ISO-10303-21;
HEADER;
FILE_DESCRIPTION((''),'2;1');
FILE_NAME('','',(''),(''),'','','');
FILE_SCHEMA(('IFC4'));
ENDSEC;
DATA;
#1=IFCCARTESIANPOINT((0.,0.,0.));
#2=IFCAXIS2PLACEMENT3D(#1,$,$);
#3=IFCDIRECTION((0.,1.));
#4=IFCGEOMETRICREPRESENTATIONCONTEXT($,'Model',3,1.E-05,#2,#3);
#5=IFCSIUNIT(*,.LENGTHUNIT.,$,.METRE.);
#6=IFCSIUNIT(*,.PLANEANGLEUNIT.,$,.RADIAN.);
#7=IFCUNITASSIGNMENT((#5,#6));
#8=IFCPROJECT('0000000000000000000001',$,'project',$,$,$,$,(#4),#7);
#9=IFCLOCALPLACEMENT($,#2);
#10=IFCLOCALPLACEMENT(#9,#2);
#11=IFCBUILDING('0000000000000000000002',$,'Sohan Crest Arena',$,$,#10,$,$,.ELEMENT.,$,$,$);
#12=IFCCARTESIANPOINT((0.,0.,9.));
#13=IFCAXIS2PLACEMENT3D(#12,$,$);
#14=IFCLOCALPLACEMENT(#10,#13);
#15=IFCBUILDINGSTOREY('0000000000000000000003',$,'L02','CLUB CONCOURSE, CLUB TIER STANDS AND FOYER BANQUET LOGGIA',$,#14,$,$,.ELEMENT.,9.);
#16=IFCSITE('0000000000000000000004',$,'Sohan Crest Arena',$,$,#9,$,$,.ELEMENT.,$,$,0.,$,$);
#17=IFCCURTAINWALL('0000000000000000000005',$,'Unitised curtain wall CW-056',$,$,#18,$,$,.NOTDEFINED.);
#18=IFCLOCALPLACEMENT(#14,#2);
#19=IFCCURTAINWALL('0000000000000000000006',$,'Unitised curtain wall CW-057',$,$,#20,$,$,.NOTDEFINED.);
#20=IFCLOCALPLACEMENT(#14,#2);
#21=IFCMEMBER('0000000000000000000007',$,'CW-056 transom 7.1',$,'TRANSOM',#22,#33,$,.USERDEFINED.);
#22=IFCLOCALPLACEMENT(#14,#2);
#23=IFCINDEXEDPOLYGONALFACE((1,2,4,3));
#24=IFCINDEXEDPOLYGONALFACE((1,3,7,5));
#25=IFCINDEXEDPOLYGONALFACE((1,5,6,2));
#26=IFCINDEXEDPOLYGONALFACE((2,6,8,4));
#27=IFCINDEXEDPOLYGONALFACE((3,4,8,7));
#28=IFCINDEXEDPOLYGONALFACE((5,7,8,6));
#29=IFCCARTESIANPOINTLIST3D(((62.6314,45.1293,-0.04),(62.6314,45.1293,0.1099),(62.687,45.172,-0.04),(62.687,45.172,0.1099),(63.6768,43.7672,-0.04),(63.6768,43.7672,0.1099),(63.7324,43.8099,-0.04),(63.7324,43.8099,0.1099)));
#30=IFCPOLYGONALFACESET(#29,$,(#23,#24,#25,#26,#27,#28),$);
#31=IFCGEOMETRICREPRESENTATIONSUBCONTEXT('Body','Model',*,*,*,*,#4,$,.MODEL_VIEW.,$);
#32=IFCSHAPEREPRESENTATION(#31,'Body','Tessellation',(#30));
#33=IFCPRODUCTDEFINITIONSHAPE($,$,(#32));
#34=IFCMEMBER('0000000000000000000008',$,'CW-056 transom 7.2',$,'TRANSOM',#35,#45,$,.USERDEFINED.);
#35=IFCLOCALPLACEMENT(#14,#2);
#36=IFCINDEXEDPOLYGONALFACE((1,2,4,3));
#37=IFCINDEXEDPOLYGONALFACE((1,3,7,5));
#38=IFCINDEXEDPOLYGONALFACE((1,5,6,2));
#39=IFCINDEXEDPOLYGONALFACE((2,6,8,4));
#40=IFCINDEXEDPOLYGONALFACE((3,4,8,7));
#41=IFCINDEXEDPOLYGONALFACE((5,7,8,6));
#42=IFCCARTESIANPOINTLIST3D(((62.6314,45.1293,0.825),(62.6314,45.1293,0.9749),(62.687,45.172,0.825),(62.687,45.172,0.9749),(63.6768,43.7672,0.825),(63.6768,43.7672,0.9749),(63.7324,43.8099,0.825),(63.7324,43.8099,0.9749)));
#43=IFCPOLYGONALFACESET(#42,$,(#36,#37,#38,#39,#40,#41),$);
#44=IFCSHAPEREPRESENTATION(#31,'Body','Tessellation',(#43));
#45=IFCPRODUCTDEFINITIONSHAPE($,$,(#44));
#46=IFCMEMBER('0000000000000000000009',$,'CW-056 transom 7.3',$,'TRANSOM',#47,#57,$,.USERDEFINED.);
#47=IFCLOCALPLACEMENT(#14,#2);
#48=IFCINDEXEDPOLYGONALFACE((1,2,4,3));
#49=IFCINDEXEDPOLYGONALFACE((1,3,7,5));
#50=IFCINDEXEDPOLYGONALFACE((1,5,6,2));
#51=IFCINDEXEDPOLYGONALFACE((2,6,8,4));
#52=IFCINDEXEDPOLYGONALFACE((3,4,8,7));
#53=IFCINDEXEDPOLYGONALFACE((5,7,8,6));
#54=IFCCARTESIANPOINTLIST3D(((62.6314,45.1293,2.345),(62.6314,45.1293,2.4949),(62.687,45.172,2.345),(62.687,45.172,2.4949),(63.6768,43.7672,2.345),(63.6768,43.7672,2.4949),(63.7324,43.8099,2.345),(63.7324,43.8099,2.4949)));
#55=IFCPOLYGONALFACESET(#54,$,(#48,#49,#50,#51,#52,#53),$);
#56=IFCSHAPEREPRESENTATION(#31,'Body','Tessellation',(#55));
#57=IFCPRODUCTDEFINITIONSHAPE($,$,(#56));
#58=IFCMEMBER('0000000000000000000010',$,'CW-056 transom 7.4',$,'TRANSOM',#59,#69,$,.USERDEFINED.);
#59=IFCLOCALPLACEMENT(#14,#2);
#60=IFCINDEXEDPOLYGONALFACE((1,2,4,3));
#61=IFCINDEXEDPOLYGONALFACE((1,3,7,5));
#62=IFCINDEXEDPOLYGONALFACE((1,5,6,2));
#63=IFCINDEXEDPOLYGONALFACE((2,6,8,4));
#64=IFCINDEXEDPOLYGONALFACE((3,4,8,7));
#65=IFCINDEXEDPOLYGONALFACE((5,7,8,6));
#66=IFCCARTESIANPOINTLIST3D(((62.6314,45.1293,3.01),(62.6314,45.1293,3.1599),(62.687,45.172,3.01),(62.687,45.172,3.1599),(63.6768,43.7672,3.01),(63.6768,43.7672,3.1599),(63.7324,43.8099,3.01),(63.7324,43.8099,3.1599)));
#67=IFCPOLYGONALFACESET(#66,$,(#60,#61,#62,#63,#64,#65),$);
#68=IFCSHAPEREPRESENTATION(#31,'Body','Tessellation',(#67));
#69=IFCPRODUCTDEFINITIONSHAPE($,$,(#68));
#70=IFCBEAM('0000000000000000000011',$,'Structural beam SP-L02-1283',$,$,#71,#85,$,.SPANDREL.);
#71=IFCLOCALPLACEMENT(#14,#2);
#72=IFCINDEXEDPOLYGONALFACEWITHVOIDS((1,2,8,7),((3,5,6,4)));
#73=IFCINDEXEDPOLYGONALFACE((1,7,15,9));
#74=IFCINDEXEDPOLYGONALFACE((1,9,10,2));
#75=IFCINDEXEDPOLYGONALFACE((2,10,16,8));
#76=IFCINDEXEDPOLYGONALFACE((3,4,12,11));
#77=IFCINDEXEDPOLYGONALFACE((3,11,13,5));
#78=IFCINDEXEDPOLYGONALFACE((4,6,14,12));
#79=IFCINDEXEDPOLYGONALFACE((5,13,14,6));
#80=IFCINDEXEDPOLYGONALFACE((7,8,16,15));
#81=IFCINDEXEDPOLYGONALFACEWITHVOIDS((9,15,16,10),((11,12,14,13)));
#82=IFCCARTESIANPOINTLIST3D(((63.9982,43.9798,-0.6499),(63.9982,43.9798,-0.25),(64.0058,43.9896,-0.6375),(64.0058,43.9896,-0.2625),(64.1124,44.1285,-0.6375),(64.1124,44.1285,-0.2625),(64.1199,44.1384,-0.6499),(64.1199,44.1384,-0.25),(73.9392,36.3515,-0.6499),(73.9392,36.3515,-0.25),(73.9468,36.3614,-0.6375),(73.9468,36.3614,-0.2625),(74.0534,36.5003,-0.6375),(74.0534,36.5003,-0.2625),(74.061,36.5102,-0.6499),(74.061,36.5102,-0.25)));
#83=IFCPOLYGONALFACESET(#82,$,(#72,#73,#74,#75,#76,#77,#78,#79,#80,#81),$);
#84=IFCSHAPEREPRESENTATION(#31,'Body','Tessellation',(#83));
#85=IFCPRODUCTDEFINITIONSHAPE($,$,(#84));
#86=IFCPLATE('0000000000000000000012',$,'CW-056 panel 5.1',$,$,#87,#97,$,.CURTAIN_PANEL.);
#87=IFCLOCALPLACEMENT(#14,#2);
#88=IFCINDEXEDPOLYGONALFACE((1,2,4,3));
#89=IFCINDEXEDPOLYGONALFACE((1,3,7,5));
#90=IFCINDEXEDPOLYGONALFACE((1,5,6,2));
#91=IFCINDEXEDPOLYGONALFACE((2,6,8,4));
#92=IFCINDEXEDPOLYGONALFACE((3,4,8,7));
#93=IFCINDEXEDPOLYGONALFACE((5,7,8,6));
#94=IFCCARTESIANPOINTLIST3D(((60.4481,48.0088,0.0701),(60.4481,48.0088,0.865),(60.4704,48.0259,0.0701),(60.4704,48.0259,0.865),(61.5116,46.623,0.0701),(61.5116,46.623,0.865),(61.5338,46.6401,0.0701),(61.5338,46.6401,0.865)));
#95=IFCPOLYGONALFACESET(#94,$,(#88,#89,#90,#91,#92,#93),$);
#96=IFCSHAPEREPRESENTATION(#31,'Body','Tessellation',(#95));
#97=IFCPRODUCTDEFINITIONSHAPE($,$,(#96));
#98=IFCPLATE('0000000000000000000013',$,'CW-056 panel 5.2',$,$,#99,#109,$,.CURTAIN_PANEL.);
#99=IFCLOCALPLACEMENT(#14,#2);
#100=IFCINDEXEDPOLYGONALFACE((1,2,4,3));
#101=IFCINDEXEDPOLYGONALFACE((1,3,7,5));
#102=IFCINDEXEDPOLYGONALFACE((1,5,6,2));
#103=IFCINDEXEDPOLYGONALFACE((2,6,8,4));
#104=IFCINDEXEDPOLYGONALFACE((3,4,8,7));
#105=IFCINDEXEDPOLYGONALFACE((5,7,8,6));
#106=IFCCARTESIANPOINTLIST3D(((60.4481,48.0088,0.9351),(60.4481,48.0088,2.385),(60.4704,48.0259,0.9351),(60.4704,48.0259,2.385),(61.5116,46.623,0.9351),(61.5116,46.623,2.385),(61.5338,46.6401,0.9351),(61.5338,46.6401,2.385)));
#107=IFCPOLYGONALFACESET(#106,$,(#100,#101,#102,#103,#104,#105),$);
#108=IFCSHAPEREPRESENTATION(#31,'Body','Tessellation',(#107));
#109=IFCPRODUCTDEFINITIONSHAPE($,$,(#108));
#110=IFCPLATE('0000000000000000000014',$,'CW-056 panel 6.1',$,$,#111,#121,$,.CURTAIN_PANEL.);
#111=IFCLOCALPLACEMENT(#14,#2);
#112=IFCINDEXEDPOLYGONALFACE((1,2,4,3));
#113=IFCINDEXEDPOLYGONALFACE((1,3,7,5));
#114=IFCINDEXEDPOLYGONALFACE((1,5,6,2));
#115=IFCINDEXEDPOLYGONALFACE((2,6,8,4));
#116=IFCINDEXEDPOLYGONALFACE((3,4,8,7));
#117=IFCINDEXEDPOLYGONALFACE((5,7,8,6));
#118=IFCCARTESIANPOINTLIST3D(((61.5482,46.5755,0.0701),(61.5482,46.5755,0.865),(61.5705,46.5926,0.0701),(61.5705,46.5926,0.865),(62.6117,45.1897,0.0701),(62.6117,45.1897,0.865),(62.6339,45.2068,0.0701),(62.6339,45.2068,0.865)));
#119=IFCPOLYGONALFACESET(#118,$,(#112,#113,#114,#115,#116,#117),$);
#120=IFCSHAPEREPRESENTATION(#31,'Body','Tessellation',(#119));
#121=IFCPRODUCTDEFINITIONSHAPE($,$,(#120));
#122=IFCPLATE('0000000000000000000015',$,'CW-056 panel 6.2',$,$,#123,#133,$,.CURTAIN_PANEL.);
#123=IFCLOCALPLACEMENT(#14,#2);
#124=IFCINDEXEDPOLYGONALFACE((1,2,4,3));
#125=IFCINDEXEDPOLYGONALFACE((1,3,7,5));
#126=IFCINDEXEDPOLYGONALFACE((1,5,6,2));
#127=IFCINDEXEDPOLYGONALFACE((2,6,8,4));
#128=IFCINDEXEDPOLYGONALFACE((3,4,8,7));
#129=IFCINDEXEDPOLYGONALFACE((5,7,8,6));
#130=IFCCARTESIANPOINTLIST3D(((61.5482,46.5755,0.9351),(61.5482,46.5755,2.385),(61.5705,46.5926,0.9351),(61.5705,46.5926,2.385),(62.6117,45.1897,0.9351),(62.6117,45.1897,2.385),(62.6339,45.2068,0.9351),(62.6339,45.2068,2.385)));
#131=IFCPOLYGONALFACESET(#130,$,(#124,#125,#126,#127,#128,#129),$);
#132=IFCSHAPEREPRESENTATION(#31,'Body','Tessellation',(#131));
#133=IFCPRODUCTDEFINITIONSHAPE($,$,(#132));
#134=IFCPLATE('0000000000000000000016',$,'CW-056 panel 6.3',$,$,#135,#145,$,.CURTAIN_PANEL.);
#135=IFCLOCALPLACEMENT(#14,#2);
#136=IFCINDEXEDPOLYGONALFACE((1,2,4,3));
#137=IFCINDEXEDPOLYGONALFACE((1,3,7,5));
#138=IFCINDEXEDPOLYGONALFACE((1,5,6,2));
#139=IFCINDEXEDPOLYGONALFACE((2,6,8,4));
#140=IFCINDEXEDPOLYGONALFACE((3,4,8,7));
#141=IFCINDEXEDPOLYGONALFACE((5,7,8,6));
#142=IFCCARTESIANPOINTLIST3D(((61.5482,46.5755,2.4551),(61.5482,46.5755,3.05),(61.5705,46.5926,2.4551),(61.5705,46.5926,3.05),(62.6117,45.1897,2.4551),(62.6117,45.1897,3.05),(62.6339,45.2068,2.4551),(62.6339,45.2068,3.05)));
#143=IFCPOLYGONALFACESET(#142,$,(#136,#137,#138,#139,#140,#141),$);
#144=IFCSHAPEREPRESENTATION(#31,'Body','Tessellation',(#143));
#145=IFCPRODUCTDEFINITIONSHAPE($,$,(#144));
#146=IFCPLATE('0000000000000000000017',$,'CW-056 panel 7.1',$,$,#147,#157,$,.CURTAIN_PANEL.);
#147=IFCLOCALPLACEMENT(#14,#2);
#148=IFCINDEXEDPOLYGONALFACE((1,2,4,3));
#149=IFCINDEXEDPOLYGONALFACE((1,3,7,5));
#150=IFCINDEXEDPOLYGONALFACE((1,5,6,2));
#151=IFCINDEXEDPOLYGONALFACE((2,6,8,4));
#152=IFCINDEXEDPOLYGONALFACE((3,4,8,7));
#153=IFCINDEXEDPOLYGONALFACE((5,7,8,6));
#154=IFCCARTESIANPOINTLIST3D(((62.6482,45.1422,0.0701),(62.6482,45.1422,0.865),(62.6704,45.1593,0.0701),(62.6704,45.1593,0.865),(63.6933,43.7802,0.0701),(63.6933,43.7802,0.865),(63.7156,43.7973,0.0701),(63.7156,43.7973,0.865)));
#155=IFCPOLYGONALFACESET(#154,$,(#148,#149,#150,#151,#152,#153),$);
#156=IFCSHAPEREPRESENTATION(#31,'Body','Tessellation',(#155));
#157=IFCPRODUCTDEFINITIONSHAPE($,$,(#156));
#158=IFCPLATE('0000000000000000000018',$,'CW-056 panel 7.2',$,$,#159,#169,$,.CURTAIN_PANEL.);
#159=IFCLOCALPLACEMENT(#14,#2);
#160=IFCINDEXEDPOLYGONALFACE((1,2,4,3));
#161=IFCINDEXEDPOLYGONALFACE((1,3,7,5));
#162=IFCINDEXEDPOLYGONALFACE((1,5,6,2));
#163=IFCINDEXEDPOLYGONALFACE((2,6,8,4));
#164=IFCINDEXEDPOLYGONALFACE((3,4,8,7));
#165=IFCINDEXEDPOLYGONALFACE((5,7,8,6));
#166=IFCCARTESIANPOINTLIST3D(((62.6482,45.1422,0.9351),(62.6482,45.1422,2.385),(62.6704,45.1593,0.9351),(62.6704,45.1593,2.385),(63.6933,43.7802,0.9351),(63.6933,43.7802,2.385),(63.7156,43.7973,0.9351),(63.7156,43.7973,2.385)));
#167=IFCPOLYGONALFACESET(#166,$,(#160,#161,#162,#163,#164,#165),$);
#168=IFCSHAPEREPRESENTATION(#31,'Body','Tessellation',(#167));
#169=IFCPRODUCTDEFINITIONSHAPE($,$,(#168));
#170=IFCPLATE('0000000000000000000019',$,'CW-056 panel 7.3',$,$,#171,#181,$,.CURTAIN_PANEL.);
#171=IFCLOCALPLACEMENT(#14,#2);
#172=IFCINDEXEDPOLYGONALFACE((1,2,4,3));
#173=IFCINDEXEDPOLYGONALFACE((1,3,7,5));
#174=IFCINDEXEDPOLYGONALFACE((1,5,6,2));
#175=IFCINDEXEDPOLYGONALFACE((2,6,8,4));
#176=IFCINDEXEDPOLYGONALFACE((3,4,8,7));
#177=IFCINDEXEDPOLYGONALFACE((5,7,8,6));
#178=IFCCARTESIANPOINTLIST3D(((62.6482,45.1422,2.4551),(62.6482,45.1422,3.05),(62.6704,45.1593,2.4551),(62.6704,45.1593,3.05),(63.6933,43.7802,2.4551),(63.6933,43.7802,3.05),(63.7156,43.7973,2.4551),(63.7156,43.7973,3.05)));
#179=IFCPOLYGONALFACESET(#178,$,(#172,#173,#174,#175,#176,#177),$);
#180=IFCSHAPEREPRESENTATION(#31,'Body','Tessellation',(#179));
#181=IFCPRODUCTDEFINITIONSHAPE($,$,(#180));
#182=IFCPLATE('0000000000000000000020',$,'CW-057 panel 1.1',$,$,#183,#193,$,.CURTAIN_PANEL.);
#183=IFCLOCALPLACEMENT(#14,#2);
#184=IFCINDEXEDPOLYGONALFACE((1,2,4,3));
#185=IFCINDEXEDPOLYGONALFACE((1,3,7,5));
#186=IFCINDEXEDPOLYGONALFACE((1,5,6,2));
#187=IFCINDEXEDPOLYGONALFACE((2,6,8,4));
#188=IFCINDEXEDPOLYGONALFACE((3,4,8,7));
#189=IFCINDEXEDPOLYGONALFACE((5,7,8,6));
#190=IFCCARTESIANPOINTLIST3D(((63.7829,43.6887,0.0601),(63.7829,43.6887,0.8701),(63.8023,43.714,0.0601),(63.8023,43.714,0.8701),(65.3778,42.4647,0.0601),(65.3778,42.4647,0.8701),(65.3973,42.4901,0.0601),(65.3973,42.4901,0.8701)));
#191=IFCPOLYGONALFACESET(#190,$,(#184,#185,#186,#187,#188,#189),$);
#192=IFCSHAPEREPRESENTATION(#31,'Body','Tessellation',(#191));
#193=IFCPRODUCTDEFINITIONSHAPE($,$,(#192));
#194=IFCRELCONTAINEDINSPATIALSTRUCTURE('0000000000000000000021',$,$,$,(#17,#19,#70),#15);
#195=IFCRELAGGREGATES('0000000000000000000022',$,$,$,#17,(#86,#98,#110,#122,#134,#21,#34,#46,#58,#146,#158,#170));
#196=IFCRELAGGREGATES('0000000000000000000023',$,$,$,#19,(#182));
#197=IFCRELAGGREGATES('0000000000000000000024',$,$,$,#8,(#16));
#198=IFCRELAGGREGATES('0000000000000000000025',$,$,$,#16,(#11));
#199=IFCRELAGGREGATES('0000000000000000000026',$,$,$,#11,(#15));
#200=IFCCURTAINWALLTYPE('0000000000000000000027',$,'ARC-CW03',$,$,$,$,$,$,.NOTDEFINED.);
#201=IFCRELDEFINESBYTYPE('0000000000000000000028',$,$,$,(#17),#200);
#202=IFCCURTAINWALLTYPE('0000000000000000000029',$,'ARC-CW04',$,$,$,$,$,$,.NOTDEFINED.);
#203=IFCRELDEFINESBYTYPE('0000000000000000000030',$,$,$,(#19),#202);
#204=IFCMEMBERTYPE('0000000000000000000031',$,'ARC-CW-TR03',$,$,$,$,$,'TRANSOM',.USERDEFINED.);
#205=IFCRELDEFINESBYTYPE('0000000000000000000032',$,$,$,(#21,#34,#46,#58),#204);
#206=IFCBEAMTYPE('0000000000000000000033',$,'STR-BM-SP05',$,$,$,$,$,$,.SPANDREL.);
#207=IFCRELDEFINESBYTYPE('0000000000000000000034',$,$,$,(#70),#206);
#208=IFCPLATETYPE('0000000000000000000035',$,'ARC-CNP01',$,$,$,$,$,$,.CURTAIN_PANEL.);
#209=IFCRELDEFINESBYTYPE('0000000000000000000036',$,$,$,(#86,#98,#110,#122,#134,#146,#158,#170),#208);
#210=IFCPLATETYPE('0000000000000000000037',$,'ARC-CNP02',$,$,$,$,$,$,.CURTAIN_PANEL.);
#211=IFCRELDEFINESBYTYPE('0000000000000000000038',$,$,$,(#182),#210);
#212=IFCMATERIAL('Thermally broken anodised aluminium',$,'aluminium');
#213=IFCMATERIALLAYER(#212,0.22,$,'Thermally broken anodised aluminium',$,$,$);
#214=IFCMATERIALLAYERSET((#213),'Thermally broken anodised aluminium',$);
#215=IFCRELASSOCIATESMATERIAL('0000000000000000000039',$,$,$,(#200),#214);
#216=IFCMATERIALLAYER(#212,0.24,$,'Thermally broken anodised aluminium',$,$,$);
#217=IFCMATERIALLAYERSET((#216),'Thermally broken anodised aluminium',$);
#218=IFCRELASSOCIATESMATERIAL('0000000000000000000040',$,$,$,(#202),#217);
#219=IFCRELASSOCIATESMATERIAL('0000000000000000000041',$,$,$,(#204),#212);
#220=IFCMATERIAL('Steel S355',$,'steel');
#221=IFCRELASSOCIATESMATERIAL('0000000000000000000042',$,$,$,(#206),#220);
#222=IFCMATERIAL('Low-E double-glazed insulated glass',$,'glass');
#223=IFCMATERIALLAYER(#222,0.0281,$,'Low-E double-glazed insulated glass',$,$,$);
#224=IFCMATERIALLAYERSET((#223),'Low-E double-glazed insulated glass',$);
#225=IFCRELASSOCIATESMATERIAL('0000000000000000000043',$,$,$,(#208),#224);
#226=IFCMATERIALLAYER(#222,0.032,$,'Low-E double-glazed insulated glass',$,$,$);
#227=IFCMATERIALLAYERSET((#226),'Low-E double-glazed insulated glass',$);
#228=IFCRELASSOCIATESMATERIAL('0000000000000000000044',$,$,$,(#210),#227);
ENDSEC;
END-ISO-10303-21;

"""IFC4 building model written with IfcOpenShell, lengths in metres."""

from ifc_helpers import new_model, si_unit, direction, frame, origin, origin_2d, place, context, subcontext, project, spatial, rectangle, hollow_rectangle, extrude, material, layer, layer_set, material_profile, profile_set, type_object, element, aggregate, save


model = new_model("IFC4")

# Units and contexts
model_context = context("Model", 3, precision=1e-05, world=origin(), true_north=direction((0.0, 1.0)))
body_context = subcontext(model_context, "Body", "Model", "MODEL_VIEW")
ifc_project = project(units=[si_unit("LENGTHUNIT", "METRE"), si_unit("PLANEANGLEUNIT", "RADIAN")], contexts=[model_context])

# Site, building, storey
site_placement = place(None, origin())
site = spatial("IfcSite", under=ifc_project, at=site_placement, Name="Sohan Crest Arena", CompositionType="ELEMENT", RefElevation=0.0)
building_placement = place(site_placement, origin())
building = spatial("IfcBuilding", under=site, at=building_placement, Name="Sohan Crest Arena", CompositionType="ELEMENT")
storey_placement = place(building_placement, frame((0.0, 0.0, 9.0)))
storey = spatial("IfcBuildingStorey", under=building, at=storey_placement, Name="L02", Description="CLUB CONCOURSE, CLUB TIER STANDS AND FOYER BANQUET LOGGIA", CompositionType="ELEMENT", Elevation=9.0)

# Shared definitions
ifc_material_1 = material(Name="Steel S355", Category="steel")

# Curtain walls
ifc_material_2 = material(Name="Thermally broken anodised aluminium", Category="aluminium")
ifc_layer_1 = layer(ifc_material_2, 0.22, Name="Thermally broken anodised aluminium")
ifc_layer_set_1 = layer_set([ifc_layer_1], Name="Thermally broken anodised aluminium")
curtain_wall_type_1 = type_object("IfcCurtainWallType", Name="ARC-CW03", PredefinedType="NOTDEFINED", material=ifc_layer_set_1)
curtain_wall_1_placement = place(storey_placement, origin())
curtain_wall_1 = element("IfcCurtainWall", 1, at=curtain_wall_1_placement, inside=storey, type_object=curtain_wall_type_1, Name="Unitised curtain wall CW-056", PredefinedType="NOTDEFINED")
ifc_layer_2 = layer(ifc_material_2, 0.24, Name="Thermally broken anodised aluminium")
ifc_layer_set_2 = layer_set([ifc_layer_2], Name="Thermally broken anodised aluminium")
curtain_wall_type_2 = type_object("IfcCurtainWallType", Name="ARC-CW04", PredefinedType="NOTDEFINED", material=ifc_layer_set_2)
curtain_wall_2_placement = place(storey_placement, origin())
curtain_wall_2 = element("IfcCurtainWall", 2, at=curtain_wall_2_placement, inside=storey, type_object=curtain_wall_type_2, Name="Unitised curtain wall CW-057", PredefinedType="NOTDEFINED")

# Members
ifc_material_profile_1 = material_profile(ifc_material_2, rectangle(XDim=0.0701, YDim=0.1499, at=origin_2d()), Name="ALU-TRAN 70x150")
ifc_profile_set_1 = profile_set([ifc_material_profile_1], Name="Thermally broken anodised aluminium")
member_type_1 = type_object("IfcMemberType", Name="ARC-CW-TR03", ElementType="TRANSOM", PredefinedType="USERDEFINED", material=ifc_profile_set_1)
member_1_placement = place(storey_placement, frame((62.6592, 45.1506, 0.0349), z_axis=(0.608858, -0.793279, 0.0), x_axis=(0.793279, 0.608858, 0.0)))
member_1 = element("IfcMember", 3, at=member_1_placement, type_object=member_type_1, Name="CW-056 transom 7.1", ObjectType="TRANSOM", PredefinedType="USERDEFINED", context=body_context, shape_type="SweptSolid", body=[
    extrude(rectangle(XDim=0.0701, YDim=0.1499, at=origin_2d()), origin(), (0.0, 0.0, 1.0), 1.717),
])
member_2_placement = place(storey_placement, frame((62.6592, 45.1506, 0.8999), z_axis=(0.608858, -0.793279, 0.0), x_axis=(0.793279, 0.608858, 0.0)))
member_2 = element("IfcMember", 4, at=member_2_placement, type_object=member_type_1, Name="CW-056 transom 7.2", ObjectType="TRANSOM", PredefinedType="USERDEFINED", context=body_context, shape_type="SweptSolid", body=[
    extrude(rectangle(XDim=0.0701, YDim=0.1499, at=origin_2d()), origin(), (0.0, 0.0, 1.0), 1.717),
])
member_3_placement = place(storey_placement, frame((62.6592, 45.1506, 2.4199), z_axis=(0.608858, -0.793279, 0.0), x_axis=(0.793279, 0.608858, 0.0)))
member_3 = element("IfcMember", 5, at=member_3_placement, type_object=member_type_1, Name="CW-056 transom 7.3", ObjectType="TRANSOM", PredefinedType="USERDEFINED", context=body_context, shape_type="SweptSolid", body=[
    extrude(rectangle(XDim=0.0701, YDim=0.1499, at=origin_2d()), origin(), (0.0, 0.0, 1.0), 1.717),
])
member_4_placement = place(storey_placement, frame((62.6592, 45.1506, 3.085), z_axis=(0.608858, -0.793279, 0.0), x_axis=(0.793279, 0.608858, 0.0)))
member_4 = element("IfcMember", 6, at=member_4_placement, type_object=member_type_1, Name="CW-056 transom 7.4", ObjectType="TRANSOM", PredefinedType="USERDEFINED", context=body_context, shape_type="SweptSolid", body=[
    extrude(rectangle(XDim=0.0701, YDim=0.1499, at=origin_2d()), origin(), (0.0, 0.0, 1.0), 1.717),
])

# Beam
ifc_material_profile_2 = material_profile(ifc_material_1, hollow_rectangle(XDim=0.2, YDim=0.3999, WallThickness=0.0125, at=origin_2d()), Name="RHS 400x200x12.5")
ifc_profile_set_2 = profile_set([ifc_material_profile_2], Name="Steel S355")
beam_type = type_object("IfcBeamType", Name="STR-BM-SP05", PredefinedType="SPANDREL", material=ifc_profile_set_2)
beam_placement = place(storey_placement, frame((64.0591, 44.0591, -0.45), z_axis=(0.793344, -0.608773, 0.0), x_axis=(0.608773, 0.793344, 0.0)))
element("IfcBeam", 7, at=beam_placement, inside=storey, type_object=beam_type, Name="Structural beam SP-L02-1283", PredefinedType="SPANDREL", context=body_context, shape_type="SweptSolid", body=[
    extrude(hollow_rectangle(XDim=0.2, YDim=0.3999, WallThickness=0.0125, at=origin_2d()), origin(), (0.0, 0.0, 1.0), 12.5305),
])

# Plates
ifc_material_3 = material(Name="Low-E double-glazed insulated glass", Category="glass")
ifc_layer_3 = layer(ifc_material_3, 0.0281, Name="Low-E double-glazed insulated glass")
ifc_layer_set_3 = layer_set([ifc_layer_3], Name="Low-E double-glazed insulated glass")
plate_type_1 = type_object("IfcPlateType", Name="ARC-CNP01", PredefinedType="CURTAIN_PANEL", material=ifc_layer_set_3)
plate_1_placement = place(storey_placement, frame((60.991, 47.3245, 0.0701), z_axis=(0.0, 0.0, 1.0), x_axis=(0.608793, -0.793329, 0.0)))
plate_1 = element("IfcPlate", 8, at=plate_1_placement, type_object=plate_type_1, Name="CW-056 panel 5.1", PredefinedType="CURTAIN_PANEL", context=body_context, shape_type="SweptSolid", body=[
    extrude(rectangle(XDim=1.7468, YDim=0.0281, at=origin_2d()), origin(), (0.0, 0.0, 1.0), 0.7949),
])
plate_2_placement = place(storey_placement, frame((60.991, 47.3245, 0.9351), z_axis=(0.0, 0.0, 1.0), x_axis=(0.608793, -0.793329, 0.0)))
plate_2 = element("IfcPlate", 9, at=plate_2_placement, type_object=plate_type_1, Name="CW-056 panel 5.2", PredefinedType="CURTAIN_PANEL", context=body_context, shape_type="SweptSolid", body=[
    extrude(rectangle(XDim=1.7468, YDim=0.0281, at=origin_2d()), origin(), (0.0, 0.0, 1.0), 1.45),
])
plate_3_placement = place(storey_placement, frame((62.0911, 45.8911, 0.0701), z_axis=(0.0, 0.0, 1.0), x_axis=(0.608793, -0.793329, 0.0)))
plate_3 = element("IfcPlate", 10, at=plate_3_placement, type_object=plate_type_1, Name="CW-056 panel 6.1", PredefinedType="CURTAIN_PANEL", context=body_context, shape_type="SweptSolid", body=[
    extrude(rectangle(XDim=1.7468, YDim=0.0281, at=origin_2d()), origin(), (0.0, 0.0, 1.0), 0.7949),
])
plate_4_placement = place(storey_placement, frame((62.0911, 45.8911, 0.9351), z_axis=(0.0, 0.0, 1.0), x_axis=(0.608793, -0.793329, 0.0)))
plate_4 = element("IfcPlate", 11, at=plate_4_placement, type_object=plate_type_1, Name="CW-056 panel 6.2", PredefinedType="CURTAIN_PANEL", context=body_context, shape_type="SweptSolid", body=[
    extrude(rectangle(XDim=1.7468, YDim=0.0281, at=origin_2d()), origin(), (0.0, 0.0, 1.0), 1.45),
])
plate_5_placement = place(storey_placement, frame((62.0911, 45.8911, 2.4551), z_axis=(0.0, 0.0, 1.0), x_axis=(0.608793, -0.793329, 0.0)))
plate_5 = element("IfcPlate", 12, at=plate_5_placement, type_object=plate_type_1, Name="CW-056 panel 6.3", PredefinedType="CURTAIN_PANEL", context=body_context, shape_type="SweptSolid", body=[
    extrude(rectangle(XDim=1.7468, YDim=0.0281, at=origin_2d()), origin(), (0.0, 0.0, 1.0), 0.595),
])
plate_6_placement = place(storey_placement, frame((63.1819, 44.4697, 0.0701), z_axis=(0.0, 0.0, 1.0), x_axis=(0.608793, -0.793329, 0.0)))
plate_6 = element("IfcPlate", 13, at=plate_6_placement, type_object=plate_type_1, Name="CW-056 panel 7.1", PredefinedType="CURTAIN_PANEL", context=body_context, shape_type="SweptSolid", body=[
    extrude(rectangle(XDim=1.7168, YDim=0.0281, at=origin_2d()), origin(), (0.0, 0.0, 1.0), 0.7949),
])
plate_7_placement = place(storey_placement, frame((63.1819, 44.4697, 0.9351), z_axis=(0.0, 0.0, 1.0), x_axis=(0.608793, -0.793329, 0.0)))
plate_7 = element("IfcPlate", 14, at=plate_7_placement, type_object=plate_type_1, Name="CW-056 panel 7.2", PredefinedType="CURTAIN_PANEL", context=body_context, shape_type="SweptSolid", body=[
    extrude(rectangle(XDim=1.7168, YDim=0.0281, at=origin_2d()), origin(), (0.0, 0.0, 1.0), 1.45),
])
plate_8_placement = place(storey_placement, frame((63.1819, 44.4697, 2.4551), z_axis=(0.0, 0.0, 1.0), x_axis=(0.608793, -0.793329, 0.0)))
plate_8 = element("IfcPlate", 15, at=plate_8_placement, type_object=plate_type_1, Name="CW-056 panel 7.3", PredefinedType="CURTAIN_PANEL", context=body_context, shape_type="SweptSolid", body=[
    extrude(rectangle(XDim=1.7168, YDim=0.0281, at=origin_2d()), origin(), (0.0, 0.0, 1.0), 0.595),
])
aggregate(curtain_wall_1, [plate_1, plate_2, plate_3, plate_4, plate_5, member_1, member_2, member_3, member_4, plate_6, plate_7, plate_8])
ifc_layer_4 = layer(ifc_material_3, 0.032, Name="Low-E double-glazed insulated glass")
ifc_layer_set_4 = layer_set([ifc_layer_4], Name="Low-E double-glazed insulated glass")
plate_type_2 = type_object("IfcPlateType", Name="ARC-CNP02", PredefinedType="CURTAIN_PANEL", material=ifc_layer_set_4)
plate_9_placement = place(storey_placement, frame((64.5901, 43.0894, 0.0601), z_axis=(0.0, 0.0, 1.0), x_axis=(0.793329, -0.608793, 0.0)))
plate_9 = element("IfcPlate", 16, at=plate_9_placement, type_object=plate_type_2, Name="CW-057 panel 1.1", PredefinedType="CURTAIN_PANEL", context=body_context, shape_type="SweptSolid", body=[
    extrude(rectangle(XDim=2.0105, YDim=0.032, at=origin_2d()), origin(), (0.0, 0.0, 1.0), 0.8101),
])
aggregate(curtain_wall_2, [plate_9])

save(model, "model.ifc")
